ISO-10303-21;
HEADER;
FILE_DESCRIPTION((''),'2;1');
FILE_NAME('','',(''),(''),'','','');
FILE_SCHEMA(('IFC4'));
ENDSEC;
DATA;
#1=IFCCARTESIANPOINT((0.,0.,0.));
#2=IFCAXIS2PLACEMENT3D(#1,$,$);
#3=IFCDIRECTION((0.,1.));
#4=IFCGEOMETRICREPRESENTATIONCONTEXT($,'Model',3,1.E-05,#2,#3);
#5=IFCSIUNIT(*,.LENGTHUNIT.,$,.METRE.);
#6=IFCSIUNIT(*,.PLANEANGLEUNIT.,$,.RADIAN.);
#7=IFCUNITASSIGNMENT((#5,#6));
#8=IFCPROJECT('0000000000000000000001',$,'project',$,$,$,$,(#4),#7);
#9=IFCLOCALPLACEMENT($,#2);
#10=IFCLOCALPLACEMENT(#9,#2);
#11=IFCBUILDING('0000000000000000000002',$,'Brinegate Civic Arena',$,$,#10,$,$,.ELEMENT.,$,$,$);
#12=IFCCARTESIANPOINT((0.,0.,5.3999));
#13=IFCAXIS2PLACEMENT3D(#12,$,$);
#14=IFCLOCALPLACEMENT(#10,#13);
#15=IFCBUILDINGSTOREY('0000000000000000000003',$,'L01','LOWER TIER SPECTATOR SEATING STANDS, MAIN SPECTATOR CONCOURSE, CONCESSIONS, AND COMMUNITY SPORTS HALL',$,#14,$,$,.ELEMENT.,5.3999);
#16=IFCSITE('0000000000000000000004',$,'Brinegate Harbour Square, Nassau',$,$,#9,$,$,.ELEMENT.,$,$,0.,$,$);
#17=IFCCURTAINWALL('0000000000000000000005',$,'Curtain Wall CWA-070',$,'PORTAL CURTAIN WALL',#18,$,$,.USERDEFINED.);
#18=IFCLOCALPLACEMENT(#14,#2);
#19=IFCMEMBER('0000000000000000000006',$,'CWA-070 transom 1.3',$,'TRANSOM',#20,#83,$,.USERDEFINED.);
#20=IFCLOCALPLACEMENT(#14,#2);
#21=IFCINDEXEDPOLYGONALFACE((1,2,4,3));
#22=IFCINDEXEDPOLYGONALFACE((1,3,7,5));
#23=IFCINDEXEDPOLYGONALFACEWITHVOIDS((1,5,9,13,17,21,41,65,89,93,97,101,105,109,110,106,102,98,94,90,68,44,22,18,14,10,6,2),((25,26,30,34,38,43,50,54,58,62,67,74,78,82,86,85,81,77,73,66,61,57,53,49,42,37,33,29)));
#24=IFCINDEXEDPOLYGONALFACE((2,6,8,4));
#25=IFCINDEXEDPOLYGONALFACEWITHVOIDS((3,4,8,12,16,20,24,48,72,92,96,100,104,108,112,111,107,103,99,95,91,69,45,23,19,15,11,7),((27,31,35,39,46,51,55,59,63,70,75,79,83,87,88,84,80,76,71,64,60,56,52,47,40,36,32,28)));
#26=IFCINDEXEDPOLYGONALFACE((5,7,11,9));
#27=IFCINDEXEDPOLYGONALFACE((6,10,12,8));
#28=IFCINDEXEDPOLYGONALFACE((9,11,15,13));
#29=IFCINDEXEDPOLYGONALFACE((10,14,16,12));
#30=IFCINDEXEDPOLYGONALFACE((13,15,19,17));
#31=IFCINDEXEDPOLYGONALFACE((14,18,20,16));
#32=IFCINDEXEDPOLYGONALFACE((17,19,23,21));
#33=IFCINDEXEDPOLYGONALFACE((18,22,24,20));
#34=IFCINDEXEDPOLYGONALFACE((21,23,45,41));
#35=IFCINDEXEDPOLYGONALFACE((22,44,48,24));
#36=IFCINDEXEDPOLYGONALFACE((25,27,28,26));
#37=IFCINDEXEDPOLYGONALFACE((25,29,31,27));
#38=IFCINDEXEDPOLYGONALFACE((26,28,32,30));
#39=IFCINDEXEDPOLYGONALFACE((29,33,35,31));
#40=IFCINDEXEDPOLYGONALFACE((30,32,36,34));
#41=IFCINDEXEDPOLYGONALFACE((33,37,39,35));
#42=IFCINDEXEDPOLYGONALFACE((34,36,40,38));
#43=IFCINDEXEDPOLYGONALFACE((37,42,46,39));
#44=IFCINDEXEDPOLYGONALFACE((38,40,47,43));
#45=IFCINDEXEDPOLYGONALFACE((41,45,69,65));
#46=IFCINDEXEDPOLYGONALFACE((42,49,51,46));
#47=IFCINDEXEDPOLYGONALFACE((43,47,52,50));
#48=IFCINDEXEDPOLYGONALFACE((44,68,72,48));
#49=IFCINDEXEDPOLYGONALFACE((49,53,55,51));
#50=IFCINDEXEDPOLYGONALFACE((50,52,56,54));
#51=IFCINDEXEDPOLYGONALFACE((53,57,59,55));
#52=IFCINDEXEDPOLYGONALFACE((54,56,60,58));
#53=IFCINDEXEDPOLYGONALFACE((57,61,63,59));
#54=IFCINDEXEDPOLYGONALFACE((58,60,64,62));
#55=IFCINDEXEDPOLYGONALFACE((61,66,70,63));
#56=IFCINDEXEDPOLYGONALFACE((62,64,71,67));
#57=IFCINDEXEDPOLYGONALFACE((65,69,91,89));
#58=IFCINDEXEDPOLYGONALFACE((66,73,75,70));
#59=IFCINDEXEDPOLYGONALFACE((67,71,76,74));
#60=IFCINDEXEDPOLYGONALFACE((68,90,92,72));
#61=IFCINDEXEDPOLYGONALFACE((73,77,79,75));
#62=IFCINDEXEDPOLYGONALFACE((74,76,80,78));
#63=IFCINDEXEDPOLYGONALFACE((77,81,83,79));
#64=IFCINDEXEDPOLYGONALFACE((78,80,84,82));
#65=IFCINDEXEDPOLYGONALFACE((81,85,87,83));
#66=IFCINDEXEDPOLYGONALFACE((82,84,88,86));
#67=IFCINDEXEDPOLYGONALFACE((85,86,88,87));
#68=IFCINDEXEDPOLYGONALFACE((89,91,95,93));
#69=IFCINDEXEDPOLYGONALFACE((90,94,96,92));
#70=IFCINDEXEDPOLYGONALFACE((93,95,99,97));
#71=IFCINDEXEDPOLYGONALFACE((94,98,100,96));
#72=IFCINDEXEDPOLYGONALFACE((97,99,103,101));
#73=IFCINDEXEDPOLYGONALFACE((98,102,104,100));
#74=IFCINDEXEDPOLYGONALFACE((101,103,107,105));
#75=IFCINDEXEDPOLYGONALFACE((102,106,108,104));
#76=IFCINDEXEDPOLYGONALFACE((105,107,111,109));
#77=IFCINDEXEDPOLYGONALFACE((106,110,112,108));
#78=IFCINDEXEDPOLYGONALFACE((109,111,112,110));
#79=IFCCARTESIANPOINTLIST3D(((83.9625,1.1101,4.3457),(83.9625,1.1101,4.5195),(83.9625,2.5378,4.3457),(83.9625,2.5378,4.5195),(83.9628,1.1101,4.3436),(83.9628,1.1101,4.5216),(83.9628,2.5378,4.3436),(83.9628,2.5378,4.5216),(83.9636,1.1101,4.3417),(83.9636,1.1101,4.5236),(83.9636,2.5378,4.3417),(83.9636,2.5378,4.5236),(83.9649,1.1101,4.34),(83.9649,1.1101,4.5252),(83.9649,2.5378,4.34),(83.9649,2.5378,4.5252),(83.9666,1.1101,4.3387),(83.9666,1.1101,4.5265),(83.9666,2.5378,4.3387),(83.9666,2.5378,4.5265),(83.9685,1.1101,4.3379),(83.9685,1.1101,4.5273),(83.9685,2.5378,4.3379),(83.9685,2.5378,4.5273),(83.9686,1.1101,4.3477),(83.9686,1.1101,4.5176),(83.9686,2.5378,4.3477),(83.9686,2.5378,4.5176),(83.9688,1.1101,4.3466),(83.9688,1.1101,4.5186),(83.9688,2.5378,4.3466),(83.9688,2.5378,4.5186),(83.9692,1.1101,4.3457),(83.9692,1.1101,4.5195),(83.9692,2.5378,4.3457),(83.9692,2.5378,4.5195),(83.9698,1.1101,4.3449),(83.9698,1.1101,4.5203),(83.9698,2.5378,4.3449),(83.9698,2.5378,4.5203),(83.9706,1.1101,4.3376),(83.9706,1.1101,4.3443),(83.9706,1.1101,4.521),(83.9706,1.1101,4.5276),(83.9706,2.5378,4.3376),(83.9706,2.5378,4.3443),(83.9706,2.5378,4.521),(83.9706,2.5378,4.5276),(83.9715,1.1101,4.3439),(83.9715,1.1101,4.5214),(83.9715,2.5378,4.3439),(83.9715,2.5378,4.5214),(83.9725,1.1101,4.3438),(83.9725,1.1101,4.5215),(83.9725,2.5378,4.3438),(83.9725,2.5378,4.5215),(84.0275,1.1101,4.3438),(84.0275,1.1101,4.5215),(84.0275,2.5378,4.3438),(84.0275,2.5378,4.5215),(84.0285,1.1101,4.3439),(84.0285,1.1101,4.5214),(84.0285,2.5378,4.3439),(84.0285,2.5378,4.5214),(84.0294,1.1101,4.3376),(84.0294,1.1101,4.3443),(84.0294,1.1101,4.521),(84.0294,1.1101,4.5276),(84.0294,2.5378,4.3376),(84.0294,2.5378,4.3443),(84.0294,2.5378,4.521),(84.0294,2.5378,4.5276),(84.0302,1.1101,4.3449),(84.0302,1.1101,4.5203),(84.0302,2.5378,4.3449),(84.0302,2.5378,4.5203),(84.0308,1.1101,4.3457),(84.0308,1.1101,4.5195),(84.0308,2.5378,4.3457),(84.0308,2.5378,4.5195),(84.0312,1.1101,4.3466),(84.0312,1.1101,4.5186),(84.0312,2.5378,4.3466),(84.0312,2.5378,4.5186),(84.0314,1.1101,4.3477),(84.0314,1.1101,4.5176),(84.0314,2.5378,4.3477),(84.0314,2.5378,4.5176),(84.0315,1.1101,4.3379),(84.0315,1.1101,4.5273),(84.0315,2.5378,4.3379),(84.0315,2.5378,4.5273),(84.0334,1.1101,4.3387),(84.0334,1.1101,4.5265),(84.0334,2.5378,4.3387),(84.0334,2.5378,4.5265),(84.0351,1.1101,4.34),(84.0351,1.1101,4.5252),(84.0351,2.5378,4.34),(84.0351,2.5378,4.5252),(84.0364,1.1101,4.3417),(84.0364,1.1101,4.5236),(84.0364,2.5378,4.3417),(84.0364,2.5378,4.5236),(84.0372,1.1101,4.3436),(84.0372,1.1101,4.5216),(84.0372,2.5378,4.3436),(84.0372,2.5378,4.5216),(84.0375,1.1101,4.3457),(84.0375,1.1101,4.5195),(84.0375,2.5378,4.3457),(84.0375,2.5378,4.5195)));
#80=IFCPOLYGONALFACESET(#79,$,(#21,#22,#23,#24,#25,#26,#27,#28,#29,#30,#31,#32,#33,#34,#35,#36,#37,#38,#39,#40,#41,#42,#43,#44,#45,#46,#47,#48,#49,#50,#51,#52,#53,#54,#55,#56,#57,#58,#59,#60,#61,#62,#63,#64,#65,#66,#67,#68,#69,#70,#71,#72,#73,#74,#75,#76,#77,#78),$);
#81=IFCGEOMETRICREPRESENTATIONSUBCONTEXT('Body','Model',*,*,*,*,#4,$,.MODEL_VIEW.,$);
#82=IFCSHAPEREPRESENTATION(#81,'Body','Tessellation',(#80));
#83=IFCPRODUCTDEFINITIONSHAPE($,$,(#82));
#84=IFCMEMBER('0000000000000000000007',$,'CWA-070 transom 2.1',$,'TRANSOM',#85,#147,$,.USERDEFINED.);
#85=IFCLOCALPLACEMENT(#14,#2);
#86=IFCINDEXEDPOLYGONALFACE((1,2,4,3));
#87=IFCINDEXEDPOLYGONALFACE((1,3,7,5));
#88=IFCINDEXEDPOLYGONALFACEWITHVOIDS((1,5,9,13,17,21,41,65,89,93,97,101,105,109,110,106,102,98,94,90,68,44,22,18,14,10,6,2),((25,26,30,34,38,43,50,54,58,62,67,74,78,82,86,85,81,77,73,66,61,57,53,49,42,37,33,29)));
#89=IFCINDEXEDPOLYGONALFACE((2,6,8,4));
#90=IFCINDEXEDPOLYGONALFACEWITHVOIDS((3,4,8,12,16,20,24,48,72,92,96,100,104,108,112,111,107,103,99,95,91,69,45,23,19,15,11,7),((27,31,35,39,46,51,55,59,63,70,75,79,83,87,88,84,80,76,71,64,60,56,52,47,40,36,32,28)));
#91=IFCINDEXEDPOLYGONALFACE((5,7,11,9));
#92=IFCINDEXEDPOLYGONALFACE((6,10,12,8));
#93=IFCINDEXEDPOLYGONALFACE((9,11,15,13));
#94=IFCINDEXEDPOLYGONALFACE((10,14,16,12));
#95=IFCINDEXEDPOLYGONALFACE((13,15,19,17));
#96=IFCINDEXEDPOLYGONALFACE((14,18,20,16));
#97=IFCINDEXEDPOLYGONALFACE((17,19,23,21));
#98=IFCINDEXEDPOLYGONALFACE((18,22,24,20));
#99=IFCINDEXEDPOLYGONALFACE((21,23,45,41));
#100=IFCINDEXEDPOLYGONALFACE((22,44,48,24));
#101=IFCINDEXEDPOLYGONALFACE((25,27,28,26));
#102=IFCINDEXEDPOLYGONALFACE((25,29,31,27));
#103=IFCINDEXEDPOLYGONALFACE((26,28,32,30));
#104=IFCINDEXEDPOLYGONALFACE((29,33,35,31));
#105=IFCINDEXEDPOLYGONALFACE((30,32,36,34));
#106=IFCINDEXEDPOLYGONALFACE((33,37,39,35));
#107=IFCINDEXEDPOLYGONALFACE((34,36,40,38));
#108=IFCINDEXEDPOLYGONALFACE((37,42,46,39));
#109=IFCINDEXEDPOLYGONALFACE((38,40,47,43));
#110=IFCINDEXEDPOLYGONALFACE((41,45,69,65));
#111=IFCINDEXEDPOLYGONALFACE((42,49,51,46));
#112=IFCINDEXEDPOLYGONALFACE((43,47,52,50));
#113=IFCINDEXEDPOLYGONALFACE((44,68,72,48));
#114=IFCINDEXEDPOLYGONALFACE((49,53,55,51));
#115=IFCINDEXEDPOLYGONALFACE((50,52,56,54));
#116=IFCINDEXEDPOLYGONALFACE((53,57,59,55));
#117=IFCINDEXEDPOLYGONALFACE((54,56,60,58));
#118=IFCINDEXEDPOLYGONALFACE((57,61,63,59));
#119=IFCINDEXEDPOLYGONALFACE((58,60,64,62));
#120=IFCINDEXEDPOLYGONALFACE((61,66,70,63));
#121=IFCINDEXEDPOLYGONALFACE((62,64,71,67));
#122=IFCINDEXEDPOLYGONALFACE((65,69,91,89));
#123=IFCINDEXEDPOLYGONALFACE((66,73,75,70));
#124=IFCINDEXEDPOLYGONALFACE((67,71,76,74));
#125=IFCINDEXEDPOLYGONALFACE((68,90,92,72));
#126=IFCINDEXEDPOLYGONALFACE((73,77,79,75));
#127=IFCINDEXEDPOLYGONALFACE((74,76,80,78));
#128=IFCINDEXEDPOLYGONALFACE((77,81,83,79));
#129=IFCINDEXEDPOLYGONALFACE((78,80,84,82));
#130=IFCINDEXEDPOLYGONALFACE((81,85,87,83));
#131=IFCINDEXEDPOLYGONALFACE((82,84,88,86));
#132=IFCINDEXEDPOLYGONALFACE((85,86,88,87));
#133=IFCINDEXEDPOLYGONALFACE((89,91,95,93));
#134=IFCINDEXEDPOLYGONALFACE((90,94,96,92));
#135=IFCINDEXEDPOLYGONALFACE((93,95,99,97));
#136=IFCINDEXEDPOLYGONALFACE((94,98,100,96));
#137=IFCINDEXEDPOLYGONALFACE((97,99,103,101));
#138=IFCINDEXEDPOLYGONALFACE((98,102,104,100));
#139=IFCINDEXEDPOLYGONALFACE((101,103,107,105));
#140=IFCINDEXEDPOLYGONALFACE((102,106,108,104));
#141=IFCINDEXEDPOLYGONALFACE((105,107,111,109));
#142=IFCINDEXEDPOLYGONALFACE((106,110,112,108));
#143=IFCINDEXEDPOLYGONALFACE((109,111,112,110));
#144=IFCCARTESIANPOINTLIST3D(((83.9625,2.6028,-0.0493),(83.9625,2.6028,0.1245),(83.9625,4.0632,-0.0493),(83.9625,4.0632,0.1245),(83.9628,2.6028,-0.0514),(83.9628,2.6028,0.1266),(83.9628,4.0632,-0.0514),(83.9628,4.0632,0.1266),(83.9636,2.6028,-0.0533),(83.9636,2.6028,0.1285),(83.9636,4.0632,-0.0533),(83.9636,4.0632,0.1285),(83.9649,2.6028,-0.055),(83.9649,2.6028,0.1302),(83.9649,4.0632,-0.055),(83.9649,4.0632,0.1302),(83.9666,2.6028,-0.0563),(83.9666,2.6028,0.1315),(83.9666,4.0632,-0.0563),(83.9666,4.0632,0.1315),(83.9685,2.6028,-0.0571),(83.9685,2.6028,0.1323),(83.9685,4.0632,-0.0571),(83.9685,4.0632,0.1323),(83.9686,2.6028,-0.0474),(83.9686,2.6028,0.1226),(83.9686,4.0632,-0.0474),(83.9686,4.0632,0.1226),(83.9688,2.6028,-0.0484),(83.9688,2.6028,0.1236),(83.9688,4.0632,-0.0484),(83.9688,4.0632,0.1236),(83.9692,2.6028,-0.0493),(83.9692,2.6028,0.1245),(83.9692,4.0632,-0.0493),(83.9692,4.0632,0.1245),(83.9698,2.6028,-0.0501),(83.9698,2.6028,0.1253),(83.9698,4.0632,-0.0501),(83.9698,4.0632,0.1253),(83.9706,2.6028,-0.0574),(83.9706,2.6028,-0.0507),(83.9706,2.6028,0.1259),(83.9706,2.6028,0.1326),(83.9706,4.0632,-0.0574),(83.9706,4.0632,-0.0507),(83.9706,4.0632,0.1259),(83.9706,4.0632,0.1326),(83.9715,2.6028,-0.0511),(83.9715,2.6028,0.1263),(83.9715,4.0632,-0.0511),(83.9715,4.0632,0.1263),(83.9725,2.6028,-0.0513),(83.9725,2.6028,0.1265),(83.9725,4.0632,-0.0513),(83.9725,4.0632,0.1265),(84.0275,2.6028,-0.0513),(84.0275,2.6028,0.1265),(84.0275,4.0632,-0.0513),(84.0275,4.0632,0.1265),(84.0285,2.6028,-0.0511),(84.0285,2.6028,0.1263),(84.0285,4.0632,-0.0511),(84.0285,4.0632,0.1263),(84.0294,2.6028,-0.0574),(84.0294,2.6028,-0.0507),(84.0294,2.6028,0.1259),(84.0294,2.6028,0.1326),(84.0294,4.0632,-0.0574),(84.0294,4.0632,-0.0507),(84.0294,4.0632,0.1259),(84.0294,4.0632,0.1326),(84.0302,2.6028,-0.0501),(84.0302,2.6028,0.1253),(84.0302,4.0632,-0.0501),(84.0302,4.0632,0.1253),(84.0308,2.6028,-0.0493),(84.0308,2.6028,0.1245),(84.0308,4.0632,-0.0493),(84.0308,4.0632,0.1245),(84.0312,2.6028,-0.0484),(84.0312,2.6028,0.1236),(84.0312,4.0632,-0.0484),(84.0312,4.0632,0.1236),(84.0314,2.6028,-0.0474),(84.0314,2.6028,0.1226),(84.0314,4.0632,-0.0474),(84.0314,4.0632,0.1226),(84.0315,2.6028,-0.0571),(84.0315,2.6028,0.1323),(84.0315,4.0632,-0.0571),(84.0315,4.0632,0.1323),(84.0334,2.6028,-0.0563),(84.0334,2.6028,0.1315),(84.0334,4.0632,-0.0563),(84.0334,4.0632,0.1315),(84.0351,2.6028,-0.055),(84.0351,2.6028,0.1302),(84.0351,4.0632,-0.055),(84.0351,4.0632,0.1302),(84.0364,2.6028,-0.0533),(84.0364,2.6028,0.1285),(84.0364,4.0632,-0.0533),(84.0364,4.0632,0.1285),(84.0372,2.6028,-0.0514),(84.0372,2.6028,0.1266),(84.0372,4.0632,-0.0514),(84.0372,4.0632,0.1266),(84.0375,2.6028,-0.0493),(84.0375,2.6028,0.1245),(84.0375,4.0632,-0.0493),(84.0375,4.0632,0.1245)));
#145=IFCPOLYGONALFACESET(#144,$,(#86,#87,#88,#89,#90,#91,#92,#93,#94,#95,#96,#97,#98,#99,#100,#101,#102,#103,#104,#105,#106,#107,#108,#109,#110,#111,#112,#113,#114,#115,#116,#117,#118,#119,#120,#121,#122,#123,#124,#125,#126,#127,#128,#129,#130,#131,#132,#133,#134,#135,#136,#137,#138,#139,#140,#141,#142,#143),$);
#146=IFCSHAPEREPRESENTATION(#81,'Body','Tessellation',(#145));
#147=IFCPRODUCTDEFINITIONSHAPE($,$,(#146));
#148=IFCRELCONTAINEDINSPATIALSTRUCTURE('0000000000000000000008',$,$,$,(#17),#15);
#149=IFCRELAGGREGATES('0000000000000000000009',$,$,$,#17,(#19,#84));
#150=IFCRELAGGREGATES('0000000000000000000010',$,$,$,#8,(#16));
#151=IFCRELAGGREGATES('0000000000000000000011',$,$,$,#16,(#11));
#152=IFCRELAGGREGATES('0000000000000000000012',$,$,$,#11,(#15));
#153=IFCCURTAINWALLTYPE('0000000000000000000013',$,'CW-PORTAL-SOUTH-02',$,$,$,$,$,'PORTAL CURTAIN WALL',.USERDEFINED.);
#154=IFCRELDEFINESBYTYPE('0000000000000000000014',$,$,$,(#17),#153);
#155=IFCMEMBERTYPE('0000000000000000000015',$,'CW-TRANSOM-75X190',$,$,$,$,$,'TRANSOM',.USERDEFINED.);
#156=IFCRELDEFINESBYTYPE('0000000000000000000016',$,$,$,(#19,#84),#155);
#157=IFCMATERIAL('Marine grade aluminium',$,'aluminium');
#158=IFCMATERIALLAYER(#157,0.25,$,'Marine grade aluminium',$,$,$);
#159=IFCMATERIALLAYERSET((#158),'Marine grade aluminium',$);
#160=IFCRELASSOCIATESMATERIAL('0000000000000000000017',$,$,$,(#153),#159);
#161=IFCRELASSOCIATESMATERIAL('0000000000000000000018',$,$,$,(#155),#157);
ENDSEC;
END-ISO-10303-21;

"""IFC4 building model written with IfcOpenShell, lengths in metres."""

from ifc_helpers import new_model, si_unit, direction, frame, origin, origin_2d, place, context, subcontext, project, spatial, hollow_rectangle, extrude, material, layer, layer_set, material_profile, profile_set, type_object, element, aggregate, save


model = new_model("IFC4")

# Units and contexts
model_context = context("Model", 3, precision=1e-05, world=origin(), true_north=direction((0.0, 1.0)))
body_context = subcontext(model_context, "Body", "Model", "MODEL_VIEW")
ifc_project = project(units=[si_unit("LENGTHUNIT", "METRE"), si_unit("PLANEANGLEUNIT", "RADIAN")], contexts=[model_context])

# Site, building, storey
site_placement = place(None, origin())
site = spatial("IfcSite", under=ifc_project, at=site_placement, Name="Brinegate Harbour Square, Nassau", CompositionType="ELEMENT", RefElevation=0.0)
building_placement = place(site_placement, origin())
building = spatial("IfcBuilding", under=site, at=building_placement, Name="Brinegate Civic Arena", CompositionType="ELEMENT")
storey_placement = place(building_placement, frame((0.0, 0.0, 5.3999)))
storey = spatial("IfcBuildingStorey", under=building, at=storey_placement, Name="L01", Description="LOWER TIER SPECTATOR SEATING STANDS, MAIN SPECTATOR CONCOURSE, CONCESSIONS, AND COMMUNITY SPORTS HALL", CompositionType="ELEMENT", Elevation=5.3999)

# Curtain wall, members
ifc_material_1 = material(Name="Marine grade aluminium", Category="aluminium")
ifc_layer_1 = layer(ifc_material_1, 0.25, Name="Marine grade aluminium")
ifc_layer_set_1 = layer_set([ifc_layer_1], Name="Marine grade aluminium")
curtain_wall_type = type_object("IfcCurtainWallType", Name="CW-PORTAL-SOUTH-02", ElementType="PORTAL CURTAIN WALL", PredefinedType="USERDEFINED", material=ifc_layer_set_1)
curtain_wall_placement = place(storey_placement, origin())
curtain_wall = element("IfcCurtainWall", 1, at=curtain_wall_placement, inside=storey, type_object=curtain_wall_type, Name="Curtain Wall CWA-070", ObjectType="PORTAL CURTAIN WALL", PredefinedType="USERDEFINED")
ifc_material_profile_1 = material_profile(ifc_material_1, hollow_rectangle(XDim=0.075, YDim=0.1899, WallThickness=0.0061, InnerFilletRadius=0.0039, OuterFilletRadius=0.0081, at=origin_2d()), Name="TRN75X190")
ifc_profile_set_1 = profile_set([ifc_material_profile_1], Name="Marine grade aluminium")
member_type_1 = type_object("IfcMemberType", Name="CW-TRANSOM-75X190", ElementType="TRANSOM", PredefinedType="USERDEFINED", material=ifc_profile_set_1)
member_1_placement = place(storey_placement, frame((84.0, 1.1101, 4.4326), z_axis=(0.0, 1.0, 0.0), x_axis=(-1.0, 0.0, 0.0)))
member_1 = element("IfcMember", 2, at=member_1_placement, type_object=member_type_1, Name="CWA-070 transom 1.3", ObjectType="TRANSOM", PredefinedType="USERDEFINED", context=body_context, shape_type="SweptSolid", body=[
    extrude(hollow_rectangle(XDim=0.075, YDim=0.1899, WallThickness=0.0061, InnerFilletRadius=0.0039, OuterFilletRadius=0.0081, at=origin_2d()), origin(), (0.0, 0.0, 1.0), 1.4277),
])
member_2_placement = place(storey_placement, frame((84.0, 2.6028, 0.0376), z_axis=(0.0, 1.0, 0.0), x_axis=(-1.0, 0.0, 0.0)))
member_2 = element("IfcMember", 3, at=member_2_placement, type_object=member_type_1, Name="CWA-070 transom 2.1", ObjectType="TRANSOM", PredefinedType="USERDEFINED", context=body_context, shape_type="SweptSolid", body=[
    extrude(hollow_rectangle(XDim=0.075, YDim=0.1899, WallThickness=0.0061, InnerFilletRadius=0.0039, OuterFilletRadius=0.0081, at=origin_2d()), origin(), (0.0, 0.0, 1.0), 1.4604),
])

aggregate(curtain_wall, [member_1, member_2])

save(model, "model.ifc")
